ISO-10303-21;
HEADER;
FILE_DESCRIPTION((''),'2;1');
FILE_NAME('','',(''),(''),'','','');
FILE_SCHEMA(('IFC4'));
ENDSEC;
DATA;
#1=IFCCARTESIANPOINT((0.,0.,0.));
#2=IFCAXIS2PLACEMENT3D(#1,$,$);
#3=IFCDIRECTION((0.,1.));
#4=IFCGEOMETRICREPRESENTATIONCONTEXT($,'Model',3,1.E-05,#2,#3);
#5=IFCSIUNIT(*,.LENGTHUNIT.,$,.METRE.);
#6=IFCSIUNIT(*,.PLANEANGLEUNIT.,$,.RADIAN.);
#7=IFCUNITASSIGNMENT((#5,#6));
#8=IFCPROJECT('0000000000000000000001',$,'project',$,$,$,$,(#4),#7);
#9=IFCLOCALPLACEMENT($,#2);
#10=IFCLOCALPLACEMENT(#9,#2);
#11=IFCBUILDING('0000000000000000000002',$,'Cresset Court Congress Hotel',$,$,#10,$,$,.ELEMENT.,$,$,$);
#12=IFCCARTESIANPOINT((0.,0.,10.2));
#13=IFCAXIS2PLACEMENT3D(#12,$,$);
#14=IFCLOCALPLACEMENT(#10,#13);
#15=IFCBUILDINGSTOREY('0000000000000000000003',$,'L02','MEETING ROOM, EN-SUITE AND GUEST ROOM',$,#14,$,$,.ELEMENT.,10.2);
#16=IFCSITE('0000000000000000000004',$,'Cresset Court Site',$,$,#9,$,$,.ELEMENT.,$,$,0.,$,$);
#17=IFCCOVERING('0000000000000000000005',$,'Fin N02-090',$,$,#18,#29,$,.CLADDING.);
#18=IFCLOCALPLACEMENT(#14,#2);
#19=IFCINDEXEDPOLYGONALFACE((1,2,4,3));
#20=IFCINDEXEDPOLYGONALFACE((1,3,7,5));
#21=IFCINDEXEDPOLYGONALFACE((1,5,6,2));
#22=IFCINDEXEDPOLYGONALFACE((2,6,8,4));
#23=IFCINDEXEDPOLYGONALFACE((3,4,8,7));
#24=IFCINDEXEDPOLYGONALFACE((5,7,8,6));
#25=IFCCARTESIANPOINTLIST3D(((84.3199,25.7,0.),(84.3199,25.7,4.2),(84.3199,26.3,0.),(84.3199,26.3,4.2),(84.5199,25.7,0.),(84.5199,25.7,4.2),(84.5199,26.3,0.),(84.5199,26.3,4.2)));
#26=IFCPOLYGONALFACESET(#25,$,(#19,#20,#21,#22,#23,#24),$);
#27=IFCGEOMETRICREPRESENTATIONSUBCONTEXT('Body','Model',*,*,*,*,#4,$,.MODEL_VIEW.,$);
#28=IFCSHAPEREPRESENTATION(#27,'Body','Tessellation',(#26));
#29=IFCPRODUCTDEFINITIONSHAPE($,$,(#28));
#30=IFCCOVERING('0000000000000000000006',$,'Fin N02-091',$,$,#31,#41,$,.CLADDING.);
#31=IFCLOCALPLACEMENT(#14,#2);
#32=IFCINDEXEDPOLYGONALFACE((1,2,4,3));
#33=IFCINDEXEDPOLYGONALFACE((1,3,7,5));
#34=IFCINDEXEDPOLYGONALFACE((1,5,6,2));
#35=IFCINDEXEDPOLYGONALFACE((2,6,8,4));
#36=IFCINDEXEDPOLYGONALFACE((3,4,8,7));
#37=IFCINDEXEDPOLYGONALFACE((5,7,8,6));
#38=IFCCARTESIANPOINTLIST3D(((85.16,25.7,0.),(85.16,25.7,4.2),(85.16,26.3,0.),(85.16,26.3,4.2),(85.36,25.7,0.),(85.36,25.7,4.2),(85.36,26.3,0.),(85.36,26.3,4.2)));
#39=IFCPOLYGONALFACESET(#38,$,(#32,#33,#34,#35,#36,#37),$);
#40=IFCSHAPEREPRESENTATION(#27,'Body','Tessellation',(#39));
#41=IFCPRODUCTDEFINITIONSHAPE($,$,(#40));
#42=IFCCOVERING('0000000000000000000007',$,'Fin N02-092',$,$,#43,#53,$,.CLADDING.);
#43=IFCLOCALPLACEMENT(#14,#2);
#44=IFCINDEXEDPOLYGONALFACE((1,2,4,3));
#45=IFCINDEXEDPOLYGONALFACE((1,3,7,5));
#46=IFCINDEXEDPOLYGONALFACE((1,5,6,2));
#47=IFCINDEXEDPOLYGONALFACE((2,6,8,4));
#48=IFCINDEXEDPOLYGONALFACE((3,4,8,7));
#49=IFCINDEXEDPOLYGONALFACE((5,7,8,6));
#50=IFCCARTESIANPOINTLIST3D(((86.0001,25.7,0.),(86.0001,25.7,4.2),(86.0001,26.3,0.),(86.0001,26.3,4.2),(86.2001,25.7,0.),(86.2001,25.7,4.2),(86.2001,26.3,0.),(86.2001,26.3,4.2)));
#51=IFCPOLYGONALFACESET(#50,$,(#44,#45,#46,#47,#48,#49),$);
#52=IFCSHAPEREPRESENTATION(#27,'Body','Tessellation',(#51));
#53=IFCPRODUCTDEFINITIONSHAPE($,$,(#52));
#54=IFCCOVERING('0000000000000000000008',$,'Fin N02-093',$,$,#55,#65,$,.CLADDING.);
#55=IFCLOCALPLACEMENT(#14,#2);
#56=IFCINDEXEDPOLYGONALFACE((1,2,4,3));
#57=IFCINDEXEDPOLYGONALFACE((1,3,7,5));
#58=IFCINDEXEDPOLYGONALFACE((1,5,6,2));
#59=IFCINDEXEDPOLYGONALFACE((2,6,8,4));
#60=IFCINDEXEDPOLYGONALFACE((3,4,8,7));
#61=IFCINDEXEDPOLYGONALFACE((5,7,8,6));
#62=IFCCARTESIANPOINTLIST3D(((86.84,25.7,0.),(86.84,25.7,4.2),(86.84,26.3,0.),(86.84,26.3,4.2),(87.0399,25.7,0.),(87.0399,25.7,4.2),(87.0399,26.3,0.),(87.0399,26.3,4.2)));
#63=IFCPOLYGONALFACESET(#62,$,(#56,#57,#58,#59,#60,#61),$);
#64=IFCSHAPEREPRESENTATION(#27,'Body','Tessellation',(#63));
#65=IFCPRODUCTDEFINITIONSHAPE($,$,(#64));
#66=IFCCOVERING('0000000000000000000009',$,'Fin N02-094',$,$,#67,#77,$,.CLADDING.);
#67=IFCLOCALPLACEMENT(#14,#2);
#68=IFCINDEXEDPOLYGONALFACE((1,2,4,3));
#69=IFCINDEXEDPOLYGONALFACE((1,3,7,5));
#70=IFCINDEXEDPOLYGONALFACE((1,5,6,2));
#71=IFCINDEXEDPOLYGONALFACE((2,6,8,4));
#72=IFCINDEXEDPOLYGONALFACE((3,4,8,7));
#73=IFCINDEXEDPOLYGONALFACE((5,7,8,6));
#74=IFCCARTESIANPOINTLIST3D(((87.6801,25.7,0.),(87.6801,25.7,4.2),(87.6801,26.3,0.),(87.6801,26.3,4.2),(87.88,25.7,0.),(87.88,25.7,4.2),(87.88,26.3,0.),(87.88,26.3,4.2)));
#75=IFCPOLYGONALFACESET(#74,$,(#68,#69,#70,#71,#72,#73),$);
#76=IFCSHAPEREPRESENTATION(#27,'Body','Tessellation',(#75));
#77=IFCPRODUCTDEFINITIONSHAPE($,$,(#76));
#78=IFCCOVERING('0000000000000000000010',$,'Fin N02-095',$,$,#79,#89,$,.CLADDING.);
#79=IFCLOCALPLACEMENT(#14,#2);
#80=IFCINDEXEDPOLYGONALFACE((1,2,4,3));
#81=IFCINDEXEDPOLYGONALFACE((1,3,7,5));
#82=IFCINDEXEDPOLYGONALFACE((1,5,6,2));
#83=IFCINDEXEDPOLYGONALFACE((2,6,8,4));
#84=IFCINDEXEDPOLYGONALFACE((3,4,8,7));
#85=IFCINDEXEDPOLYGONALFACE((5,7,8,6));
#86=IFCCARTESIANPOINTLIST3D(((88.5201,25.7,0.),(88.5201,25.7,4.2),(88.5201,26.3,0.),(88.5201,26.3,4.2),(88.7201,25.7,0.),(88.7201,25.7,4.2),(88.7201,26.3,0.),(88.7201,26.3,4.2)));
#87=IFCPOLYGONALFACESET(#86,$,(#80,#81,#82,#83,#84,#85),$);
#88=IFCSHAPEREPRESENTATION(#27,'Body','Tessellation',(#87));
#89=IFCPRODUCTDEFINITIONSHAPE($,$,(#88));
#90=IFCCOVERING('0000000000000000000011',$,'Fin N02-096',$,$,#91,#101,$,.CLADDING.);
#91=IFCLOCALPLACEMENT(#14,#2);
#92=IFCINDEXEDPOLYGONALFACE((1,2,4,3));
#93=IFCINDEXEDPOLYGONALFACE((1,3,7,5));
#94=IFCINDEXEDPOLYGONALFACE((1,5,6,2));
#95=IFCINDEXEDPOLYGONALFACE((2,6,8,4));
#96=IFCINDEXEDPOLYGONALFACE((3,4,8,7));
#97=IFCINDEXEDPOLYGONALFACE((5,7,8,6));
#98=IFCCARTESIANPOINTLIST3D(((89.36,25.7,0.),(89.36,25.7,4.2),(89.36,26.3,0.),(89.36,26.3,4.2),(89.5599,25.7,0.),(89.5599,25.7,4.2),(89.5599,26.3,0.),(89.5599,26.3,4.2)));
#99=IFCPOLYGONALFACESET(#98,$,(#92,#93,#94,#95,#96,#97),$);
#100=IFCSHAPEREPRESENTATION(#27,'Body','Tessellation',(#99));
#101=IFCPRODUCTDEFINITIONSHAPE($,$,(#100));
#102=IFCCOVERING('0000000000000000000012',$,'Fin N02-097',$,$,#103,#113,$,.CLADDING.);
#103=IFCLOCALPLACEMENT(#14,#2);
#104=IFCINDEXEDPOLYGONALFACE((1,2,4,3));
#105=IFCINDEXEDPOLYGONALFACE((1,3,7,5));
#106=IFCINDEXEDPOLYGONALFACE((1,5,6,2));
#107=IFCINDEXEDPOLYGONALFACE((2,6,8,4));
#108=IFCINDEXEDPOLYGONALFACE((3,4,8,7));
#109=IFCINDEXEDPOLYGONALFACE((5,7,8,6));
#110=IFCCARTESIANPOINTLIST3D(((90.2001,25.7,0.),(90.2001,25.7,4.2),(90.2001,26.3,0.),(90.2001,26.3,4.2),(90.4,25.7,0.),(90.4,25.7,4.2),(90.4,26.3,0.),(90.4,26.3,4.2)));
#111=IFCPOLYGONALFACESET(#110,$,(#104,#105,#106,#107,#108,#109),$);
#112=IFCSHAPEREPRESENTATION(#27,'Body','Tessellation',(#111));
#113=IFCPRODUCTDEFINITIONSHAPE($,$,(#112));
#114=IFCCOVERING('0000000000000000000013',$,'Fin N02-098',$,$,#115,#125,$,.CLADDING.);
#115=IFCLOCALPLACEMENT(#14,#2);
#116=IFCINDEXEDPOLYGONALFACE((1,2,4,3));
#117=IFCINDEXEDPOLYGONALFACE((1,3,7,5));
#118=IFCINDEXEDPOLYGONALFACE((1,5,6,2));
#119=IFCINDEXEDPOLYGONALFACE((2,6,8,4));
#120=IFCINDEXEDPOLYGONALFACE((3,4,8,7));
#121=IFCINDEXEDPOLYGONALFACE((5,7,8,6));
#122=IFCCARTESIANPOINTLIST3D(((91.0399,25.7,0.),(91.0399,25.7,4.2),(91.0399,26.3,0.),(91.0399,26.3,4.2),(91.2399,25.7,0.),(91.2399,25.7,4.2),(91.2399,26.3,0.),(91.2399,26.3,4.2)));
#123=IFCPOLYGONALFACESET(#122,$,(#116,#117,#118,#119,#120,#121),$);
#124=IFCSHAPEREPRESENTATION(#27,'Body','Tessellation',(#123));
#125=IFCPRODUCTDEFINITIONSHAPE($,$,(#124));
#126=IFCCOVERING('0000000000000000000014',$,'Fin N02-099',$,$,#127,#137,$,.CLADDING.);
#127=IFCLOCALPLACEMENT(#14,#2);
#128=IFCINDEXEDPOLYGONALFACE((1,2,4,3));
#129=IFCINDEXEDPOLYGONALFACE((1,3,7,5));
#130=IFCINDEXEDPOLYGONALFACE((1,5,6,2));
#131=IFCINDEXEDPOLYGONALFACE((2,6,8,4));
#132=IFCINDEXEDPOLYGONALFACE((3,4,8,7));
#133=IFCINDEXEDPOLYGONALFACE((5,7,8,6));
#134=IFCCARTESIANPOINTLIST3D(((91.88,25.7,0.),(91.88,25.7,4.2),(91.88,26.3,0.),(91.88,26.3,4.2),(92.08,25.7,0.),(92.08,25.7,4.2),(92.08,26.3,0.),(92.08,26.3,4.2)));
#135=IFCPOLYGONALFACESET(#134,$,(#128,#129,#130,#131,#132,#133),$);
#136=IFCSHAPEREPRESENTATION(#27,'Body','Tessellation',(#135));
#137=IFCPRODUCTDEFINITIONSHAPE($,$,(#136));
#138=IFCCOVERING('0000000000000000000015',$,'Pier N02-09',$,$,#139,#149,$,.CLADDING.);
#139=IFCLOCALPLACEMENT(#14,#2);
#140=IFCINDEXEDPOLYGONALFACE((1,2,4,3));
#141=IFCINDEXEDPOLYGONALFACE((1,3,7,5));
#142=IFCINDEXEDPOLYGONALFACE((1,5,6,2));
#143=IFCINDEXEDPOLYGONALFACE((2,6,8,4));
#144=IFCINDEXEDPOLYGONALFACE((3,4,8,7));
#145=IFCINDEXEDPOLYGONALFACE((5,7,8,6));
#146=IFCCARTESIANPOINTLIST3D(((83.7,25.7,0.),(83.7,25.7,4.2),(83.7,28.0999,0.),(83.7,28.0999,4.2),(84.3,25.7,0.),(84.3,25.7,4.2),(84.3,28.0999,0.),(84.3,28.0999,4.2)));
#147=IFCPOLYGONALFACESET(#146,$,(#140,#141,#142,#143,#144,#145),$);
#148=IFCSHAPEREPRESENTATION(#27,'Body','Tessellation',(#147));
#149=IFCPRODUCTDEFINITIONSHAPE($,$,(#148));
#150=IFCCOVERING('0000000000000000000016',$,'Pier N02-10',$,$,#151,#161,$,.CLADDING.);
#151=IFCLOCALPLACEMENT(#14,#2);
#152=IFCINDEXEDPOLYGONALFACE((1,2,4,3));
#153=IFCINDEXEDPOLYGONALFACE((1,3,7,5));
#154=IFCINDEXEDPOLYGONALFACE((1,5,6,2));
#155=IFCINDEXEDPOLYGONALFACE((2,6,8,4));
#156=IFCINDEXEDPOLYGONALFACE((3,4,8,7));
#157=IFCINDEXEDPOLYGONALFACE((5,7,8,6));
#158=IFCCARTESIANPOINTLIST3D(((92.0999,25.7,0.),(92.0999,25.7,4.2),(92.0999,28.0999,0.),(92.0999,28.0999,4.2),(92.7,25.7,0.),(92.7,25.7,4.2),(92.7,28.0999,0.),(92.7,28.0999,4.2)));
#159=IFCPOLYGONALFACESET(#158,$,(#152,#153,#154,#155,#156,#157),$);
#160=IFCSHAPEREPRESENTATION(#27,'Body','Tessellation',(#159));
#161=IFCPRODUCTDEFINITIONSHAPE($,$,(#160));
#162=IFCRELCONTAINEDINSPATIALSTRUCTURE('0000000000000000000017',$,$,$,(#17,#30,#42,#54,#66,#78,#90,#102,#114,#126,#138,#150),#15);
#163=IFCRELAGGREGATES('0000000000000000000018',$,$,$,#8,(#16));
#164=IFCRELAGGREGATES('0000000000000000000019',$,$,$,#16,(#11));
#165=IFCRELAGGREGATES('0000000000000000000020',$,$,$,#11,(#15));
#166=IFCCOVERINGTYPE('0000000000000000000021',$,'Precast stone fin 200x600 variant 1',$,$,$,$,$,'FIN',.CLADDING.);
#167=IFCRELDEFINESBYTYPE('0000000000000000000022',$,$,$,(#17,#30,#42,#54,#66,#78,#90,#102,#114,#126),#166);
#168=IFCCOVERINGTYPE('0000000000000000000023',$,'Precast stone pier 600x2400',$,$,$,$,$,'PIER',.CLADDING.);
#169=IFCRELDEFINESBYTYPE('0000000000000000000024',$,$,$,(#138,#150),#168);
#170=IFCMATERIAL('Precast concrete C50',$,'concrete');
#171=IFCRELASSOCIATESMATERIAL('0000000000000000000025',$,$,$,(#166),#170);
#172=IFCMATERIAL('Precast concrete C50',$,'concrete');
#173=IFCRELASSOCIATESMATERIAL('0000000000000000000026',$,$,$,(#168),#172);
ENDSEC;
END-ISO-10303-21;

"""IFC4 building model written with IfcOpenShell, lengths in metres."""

from ifc_helpers import new_model, si_unit, direction, frame, origin, origin_2d, place, context, subcontext, project, spatial, rectangle, extrude, material, type_object, element, save


model = new_model("IFC4")

# Units and contexts
model_context = context("Model", 3, precision=1e-05, world=origin(), true_north=direction((0.0, 1.0)))
body_context = subcontext(model_context, "Body", "Model", "MODEL_VIEW")
ifc_project = project(units=[si_unit("LENGTHUNIT", "METRE"), si_unit("PLANEANGLEUNIT", "RADIAN")], contexts=[model_context])

# Site, building, storey
site_placement = place(None, origin())
site = spatial("IfcSite", under=ifc_project, at=site_placement, Name="Cresset Court Site", CompositionType="ELEMENT", RefElevation=0.0)
building_placement = place(site_placement, origin())
building = spatial("IfcBuilding", under=site, at=building_placement, Name="Cresset Court Congress Hotel", CompositionType="ELEMENT")
storey_placement = place(building_placement, frame((0.0, 0.0, 10.2)))
storey = spatial("IfcBuildingStorey", under=building, at=storey_placement, Name="L02", Description="MEETING ROOM, EN-SUITE AND GUEST ROOM", CompositionType="ELEMENT", Elevation=10.2)

# Coverings
ifc_material_1 = material(Name="Precast concrete C50", Category="concrete")
covering_type_1 = type_object("IfcCoveringType", Name="Precast stone fin 200x600 variant 1", ElementType="FIN", PredefinedType="CLADDING", material=ifc_material_1)
for number, where, z_axis, x_axis, name in (
    (1, (84.4199, 26.0, 0.0), (0.0, 0.0, 1.0), (1.0, 0.0, 0.0), "Fin N02-090"),
    (2, (85.26, 26.0, 0.0), (0.0, 0.0, 1.0), (1.0, 0.0, 0.0), "Fin N02-091"),
    (3, (86.1001, 26.0, 0.0), (0.0, 0.0, 1.0), (1.0, 0.0, 0.0), "Fin N02-092"),
    (4, (86.9399, 26.0, 0.0), (0.0, 0.0, 1.0), (1.0, 0.0, 0.0), "Fin N02-093"),
    (5, (87.78, 26.0, 0.0), (0.0, 0.0, 1.0), (1.0, 0.0, 0.0), "Fin N02-094"),
    (6, (88.6201, 26.0, 0.0), (0.0, 0.0, 1.0), (1.0, 0.0, 0.0), "Fin N02-095"),
    (7, (89.46, 26.0, 0.0), (0.0, 0.0, 1.0), (1.0, 0.0, 0.0), "Fin N02-096"),
    (8, (90.3, 26.0, 0.0), (0.0, 0.0, 1.0), (1.0, 0.0, 0.0), "Fin N02-097"),
    (9, (91.1399, 26.0, 0.0), (0.0, 0.0, 1.0), (1.0, 0.0, 0.0), "Fin N02-098"),
    (10, (91.98, 26.0, 0.0), (0.0, 0.0, 1.0), (1.0, 0.0, 0.0), "Fin N02-099"),
):
    element("IfcCovering", number, at=place(storey_placement, frame(where, z_axis=z_axis, x_axis=x_axis)), inside=storey, type_object=covering_type_1, Name=name, PredefinedType="CLADDING", context=body_context, shape_type="SweptSolid", body=[
        extrude(rectangle(XDim=0.2, YDim=0.6001, at=origin_2d()), origin(), (0.0, 0.0, 1.0), 4.2),
    ])
ifc_material_2 = material(Name="Precast concrete C50", Category="concrete")
covering_type_2 = type_object("IfcCoveringType", Name="Precast stone pier 600x2400", ElementType="PIER", PredefinedType="CLADDING", material=ifc_material_2)
for number, where, z_axis, x_axis, name in (
    (11, (84.0, 26.8999, 0.0), (0.0, 0.0, 1.0), (1.0, 0.0, 0.0), "Pier N02-09"),
    (12, (92.3999, 26.8999, 0.0), (0.0, 0.0, 1.0), (1.0, 0.0, 0.0), "Pier N02-10"),
):
    element("IfcCovering", number, at=place(storey_placement, frame(where, z_axis=z_axis, x_axis=x_axis)), inside=storey, type_object=covering_type_2, Name=name, PredefinedType="CLADDING", context=body_context, shape_type="SweptSolid", body=[
        extrude(rectangle(XDim=0.6001, YDim=2.3999, at=origin_2d()), origin(), (0.0, 0.0, 1.0), 4.2),
    ])

save(model, "model.ifc")
